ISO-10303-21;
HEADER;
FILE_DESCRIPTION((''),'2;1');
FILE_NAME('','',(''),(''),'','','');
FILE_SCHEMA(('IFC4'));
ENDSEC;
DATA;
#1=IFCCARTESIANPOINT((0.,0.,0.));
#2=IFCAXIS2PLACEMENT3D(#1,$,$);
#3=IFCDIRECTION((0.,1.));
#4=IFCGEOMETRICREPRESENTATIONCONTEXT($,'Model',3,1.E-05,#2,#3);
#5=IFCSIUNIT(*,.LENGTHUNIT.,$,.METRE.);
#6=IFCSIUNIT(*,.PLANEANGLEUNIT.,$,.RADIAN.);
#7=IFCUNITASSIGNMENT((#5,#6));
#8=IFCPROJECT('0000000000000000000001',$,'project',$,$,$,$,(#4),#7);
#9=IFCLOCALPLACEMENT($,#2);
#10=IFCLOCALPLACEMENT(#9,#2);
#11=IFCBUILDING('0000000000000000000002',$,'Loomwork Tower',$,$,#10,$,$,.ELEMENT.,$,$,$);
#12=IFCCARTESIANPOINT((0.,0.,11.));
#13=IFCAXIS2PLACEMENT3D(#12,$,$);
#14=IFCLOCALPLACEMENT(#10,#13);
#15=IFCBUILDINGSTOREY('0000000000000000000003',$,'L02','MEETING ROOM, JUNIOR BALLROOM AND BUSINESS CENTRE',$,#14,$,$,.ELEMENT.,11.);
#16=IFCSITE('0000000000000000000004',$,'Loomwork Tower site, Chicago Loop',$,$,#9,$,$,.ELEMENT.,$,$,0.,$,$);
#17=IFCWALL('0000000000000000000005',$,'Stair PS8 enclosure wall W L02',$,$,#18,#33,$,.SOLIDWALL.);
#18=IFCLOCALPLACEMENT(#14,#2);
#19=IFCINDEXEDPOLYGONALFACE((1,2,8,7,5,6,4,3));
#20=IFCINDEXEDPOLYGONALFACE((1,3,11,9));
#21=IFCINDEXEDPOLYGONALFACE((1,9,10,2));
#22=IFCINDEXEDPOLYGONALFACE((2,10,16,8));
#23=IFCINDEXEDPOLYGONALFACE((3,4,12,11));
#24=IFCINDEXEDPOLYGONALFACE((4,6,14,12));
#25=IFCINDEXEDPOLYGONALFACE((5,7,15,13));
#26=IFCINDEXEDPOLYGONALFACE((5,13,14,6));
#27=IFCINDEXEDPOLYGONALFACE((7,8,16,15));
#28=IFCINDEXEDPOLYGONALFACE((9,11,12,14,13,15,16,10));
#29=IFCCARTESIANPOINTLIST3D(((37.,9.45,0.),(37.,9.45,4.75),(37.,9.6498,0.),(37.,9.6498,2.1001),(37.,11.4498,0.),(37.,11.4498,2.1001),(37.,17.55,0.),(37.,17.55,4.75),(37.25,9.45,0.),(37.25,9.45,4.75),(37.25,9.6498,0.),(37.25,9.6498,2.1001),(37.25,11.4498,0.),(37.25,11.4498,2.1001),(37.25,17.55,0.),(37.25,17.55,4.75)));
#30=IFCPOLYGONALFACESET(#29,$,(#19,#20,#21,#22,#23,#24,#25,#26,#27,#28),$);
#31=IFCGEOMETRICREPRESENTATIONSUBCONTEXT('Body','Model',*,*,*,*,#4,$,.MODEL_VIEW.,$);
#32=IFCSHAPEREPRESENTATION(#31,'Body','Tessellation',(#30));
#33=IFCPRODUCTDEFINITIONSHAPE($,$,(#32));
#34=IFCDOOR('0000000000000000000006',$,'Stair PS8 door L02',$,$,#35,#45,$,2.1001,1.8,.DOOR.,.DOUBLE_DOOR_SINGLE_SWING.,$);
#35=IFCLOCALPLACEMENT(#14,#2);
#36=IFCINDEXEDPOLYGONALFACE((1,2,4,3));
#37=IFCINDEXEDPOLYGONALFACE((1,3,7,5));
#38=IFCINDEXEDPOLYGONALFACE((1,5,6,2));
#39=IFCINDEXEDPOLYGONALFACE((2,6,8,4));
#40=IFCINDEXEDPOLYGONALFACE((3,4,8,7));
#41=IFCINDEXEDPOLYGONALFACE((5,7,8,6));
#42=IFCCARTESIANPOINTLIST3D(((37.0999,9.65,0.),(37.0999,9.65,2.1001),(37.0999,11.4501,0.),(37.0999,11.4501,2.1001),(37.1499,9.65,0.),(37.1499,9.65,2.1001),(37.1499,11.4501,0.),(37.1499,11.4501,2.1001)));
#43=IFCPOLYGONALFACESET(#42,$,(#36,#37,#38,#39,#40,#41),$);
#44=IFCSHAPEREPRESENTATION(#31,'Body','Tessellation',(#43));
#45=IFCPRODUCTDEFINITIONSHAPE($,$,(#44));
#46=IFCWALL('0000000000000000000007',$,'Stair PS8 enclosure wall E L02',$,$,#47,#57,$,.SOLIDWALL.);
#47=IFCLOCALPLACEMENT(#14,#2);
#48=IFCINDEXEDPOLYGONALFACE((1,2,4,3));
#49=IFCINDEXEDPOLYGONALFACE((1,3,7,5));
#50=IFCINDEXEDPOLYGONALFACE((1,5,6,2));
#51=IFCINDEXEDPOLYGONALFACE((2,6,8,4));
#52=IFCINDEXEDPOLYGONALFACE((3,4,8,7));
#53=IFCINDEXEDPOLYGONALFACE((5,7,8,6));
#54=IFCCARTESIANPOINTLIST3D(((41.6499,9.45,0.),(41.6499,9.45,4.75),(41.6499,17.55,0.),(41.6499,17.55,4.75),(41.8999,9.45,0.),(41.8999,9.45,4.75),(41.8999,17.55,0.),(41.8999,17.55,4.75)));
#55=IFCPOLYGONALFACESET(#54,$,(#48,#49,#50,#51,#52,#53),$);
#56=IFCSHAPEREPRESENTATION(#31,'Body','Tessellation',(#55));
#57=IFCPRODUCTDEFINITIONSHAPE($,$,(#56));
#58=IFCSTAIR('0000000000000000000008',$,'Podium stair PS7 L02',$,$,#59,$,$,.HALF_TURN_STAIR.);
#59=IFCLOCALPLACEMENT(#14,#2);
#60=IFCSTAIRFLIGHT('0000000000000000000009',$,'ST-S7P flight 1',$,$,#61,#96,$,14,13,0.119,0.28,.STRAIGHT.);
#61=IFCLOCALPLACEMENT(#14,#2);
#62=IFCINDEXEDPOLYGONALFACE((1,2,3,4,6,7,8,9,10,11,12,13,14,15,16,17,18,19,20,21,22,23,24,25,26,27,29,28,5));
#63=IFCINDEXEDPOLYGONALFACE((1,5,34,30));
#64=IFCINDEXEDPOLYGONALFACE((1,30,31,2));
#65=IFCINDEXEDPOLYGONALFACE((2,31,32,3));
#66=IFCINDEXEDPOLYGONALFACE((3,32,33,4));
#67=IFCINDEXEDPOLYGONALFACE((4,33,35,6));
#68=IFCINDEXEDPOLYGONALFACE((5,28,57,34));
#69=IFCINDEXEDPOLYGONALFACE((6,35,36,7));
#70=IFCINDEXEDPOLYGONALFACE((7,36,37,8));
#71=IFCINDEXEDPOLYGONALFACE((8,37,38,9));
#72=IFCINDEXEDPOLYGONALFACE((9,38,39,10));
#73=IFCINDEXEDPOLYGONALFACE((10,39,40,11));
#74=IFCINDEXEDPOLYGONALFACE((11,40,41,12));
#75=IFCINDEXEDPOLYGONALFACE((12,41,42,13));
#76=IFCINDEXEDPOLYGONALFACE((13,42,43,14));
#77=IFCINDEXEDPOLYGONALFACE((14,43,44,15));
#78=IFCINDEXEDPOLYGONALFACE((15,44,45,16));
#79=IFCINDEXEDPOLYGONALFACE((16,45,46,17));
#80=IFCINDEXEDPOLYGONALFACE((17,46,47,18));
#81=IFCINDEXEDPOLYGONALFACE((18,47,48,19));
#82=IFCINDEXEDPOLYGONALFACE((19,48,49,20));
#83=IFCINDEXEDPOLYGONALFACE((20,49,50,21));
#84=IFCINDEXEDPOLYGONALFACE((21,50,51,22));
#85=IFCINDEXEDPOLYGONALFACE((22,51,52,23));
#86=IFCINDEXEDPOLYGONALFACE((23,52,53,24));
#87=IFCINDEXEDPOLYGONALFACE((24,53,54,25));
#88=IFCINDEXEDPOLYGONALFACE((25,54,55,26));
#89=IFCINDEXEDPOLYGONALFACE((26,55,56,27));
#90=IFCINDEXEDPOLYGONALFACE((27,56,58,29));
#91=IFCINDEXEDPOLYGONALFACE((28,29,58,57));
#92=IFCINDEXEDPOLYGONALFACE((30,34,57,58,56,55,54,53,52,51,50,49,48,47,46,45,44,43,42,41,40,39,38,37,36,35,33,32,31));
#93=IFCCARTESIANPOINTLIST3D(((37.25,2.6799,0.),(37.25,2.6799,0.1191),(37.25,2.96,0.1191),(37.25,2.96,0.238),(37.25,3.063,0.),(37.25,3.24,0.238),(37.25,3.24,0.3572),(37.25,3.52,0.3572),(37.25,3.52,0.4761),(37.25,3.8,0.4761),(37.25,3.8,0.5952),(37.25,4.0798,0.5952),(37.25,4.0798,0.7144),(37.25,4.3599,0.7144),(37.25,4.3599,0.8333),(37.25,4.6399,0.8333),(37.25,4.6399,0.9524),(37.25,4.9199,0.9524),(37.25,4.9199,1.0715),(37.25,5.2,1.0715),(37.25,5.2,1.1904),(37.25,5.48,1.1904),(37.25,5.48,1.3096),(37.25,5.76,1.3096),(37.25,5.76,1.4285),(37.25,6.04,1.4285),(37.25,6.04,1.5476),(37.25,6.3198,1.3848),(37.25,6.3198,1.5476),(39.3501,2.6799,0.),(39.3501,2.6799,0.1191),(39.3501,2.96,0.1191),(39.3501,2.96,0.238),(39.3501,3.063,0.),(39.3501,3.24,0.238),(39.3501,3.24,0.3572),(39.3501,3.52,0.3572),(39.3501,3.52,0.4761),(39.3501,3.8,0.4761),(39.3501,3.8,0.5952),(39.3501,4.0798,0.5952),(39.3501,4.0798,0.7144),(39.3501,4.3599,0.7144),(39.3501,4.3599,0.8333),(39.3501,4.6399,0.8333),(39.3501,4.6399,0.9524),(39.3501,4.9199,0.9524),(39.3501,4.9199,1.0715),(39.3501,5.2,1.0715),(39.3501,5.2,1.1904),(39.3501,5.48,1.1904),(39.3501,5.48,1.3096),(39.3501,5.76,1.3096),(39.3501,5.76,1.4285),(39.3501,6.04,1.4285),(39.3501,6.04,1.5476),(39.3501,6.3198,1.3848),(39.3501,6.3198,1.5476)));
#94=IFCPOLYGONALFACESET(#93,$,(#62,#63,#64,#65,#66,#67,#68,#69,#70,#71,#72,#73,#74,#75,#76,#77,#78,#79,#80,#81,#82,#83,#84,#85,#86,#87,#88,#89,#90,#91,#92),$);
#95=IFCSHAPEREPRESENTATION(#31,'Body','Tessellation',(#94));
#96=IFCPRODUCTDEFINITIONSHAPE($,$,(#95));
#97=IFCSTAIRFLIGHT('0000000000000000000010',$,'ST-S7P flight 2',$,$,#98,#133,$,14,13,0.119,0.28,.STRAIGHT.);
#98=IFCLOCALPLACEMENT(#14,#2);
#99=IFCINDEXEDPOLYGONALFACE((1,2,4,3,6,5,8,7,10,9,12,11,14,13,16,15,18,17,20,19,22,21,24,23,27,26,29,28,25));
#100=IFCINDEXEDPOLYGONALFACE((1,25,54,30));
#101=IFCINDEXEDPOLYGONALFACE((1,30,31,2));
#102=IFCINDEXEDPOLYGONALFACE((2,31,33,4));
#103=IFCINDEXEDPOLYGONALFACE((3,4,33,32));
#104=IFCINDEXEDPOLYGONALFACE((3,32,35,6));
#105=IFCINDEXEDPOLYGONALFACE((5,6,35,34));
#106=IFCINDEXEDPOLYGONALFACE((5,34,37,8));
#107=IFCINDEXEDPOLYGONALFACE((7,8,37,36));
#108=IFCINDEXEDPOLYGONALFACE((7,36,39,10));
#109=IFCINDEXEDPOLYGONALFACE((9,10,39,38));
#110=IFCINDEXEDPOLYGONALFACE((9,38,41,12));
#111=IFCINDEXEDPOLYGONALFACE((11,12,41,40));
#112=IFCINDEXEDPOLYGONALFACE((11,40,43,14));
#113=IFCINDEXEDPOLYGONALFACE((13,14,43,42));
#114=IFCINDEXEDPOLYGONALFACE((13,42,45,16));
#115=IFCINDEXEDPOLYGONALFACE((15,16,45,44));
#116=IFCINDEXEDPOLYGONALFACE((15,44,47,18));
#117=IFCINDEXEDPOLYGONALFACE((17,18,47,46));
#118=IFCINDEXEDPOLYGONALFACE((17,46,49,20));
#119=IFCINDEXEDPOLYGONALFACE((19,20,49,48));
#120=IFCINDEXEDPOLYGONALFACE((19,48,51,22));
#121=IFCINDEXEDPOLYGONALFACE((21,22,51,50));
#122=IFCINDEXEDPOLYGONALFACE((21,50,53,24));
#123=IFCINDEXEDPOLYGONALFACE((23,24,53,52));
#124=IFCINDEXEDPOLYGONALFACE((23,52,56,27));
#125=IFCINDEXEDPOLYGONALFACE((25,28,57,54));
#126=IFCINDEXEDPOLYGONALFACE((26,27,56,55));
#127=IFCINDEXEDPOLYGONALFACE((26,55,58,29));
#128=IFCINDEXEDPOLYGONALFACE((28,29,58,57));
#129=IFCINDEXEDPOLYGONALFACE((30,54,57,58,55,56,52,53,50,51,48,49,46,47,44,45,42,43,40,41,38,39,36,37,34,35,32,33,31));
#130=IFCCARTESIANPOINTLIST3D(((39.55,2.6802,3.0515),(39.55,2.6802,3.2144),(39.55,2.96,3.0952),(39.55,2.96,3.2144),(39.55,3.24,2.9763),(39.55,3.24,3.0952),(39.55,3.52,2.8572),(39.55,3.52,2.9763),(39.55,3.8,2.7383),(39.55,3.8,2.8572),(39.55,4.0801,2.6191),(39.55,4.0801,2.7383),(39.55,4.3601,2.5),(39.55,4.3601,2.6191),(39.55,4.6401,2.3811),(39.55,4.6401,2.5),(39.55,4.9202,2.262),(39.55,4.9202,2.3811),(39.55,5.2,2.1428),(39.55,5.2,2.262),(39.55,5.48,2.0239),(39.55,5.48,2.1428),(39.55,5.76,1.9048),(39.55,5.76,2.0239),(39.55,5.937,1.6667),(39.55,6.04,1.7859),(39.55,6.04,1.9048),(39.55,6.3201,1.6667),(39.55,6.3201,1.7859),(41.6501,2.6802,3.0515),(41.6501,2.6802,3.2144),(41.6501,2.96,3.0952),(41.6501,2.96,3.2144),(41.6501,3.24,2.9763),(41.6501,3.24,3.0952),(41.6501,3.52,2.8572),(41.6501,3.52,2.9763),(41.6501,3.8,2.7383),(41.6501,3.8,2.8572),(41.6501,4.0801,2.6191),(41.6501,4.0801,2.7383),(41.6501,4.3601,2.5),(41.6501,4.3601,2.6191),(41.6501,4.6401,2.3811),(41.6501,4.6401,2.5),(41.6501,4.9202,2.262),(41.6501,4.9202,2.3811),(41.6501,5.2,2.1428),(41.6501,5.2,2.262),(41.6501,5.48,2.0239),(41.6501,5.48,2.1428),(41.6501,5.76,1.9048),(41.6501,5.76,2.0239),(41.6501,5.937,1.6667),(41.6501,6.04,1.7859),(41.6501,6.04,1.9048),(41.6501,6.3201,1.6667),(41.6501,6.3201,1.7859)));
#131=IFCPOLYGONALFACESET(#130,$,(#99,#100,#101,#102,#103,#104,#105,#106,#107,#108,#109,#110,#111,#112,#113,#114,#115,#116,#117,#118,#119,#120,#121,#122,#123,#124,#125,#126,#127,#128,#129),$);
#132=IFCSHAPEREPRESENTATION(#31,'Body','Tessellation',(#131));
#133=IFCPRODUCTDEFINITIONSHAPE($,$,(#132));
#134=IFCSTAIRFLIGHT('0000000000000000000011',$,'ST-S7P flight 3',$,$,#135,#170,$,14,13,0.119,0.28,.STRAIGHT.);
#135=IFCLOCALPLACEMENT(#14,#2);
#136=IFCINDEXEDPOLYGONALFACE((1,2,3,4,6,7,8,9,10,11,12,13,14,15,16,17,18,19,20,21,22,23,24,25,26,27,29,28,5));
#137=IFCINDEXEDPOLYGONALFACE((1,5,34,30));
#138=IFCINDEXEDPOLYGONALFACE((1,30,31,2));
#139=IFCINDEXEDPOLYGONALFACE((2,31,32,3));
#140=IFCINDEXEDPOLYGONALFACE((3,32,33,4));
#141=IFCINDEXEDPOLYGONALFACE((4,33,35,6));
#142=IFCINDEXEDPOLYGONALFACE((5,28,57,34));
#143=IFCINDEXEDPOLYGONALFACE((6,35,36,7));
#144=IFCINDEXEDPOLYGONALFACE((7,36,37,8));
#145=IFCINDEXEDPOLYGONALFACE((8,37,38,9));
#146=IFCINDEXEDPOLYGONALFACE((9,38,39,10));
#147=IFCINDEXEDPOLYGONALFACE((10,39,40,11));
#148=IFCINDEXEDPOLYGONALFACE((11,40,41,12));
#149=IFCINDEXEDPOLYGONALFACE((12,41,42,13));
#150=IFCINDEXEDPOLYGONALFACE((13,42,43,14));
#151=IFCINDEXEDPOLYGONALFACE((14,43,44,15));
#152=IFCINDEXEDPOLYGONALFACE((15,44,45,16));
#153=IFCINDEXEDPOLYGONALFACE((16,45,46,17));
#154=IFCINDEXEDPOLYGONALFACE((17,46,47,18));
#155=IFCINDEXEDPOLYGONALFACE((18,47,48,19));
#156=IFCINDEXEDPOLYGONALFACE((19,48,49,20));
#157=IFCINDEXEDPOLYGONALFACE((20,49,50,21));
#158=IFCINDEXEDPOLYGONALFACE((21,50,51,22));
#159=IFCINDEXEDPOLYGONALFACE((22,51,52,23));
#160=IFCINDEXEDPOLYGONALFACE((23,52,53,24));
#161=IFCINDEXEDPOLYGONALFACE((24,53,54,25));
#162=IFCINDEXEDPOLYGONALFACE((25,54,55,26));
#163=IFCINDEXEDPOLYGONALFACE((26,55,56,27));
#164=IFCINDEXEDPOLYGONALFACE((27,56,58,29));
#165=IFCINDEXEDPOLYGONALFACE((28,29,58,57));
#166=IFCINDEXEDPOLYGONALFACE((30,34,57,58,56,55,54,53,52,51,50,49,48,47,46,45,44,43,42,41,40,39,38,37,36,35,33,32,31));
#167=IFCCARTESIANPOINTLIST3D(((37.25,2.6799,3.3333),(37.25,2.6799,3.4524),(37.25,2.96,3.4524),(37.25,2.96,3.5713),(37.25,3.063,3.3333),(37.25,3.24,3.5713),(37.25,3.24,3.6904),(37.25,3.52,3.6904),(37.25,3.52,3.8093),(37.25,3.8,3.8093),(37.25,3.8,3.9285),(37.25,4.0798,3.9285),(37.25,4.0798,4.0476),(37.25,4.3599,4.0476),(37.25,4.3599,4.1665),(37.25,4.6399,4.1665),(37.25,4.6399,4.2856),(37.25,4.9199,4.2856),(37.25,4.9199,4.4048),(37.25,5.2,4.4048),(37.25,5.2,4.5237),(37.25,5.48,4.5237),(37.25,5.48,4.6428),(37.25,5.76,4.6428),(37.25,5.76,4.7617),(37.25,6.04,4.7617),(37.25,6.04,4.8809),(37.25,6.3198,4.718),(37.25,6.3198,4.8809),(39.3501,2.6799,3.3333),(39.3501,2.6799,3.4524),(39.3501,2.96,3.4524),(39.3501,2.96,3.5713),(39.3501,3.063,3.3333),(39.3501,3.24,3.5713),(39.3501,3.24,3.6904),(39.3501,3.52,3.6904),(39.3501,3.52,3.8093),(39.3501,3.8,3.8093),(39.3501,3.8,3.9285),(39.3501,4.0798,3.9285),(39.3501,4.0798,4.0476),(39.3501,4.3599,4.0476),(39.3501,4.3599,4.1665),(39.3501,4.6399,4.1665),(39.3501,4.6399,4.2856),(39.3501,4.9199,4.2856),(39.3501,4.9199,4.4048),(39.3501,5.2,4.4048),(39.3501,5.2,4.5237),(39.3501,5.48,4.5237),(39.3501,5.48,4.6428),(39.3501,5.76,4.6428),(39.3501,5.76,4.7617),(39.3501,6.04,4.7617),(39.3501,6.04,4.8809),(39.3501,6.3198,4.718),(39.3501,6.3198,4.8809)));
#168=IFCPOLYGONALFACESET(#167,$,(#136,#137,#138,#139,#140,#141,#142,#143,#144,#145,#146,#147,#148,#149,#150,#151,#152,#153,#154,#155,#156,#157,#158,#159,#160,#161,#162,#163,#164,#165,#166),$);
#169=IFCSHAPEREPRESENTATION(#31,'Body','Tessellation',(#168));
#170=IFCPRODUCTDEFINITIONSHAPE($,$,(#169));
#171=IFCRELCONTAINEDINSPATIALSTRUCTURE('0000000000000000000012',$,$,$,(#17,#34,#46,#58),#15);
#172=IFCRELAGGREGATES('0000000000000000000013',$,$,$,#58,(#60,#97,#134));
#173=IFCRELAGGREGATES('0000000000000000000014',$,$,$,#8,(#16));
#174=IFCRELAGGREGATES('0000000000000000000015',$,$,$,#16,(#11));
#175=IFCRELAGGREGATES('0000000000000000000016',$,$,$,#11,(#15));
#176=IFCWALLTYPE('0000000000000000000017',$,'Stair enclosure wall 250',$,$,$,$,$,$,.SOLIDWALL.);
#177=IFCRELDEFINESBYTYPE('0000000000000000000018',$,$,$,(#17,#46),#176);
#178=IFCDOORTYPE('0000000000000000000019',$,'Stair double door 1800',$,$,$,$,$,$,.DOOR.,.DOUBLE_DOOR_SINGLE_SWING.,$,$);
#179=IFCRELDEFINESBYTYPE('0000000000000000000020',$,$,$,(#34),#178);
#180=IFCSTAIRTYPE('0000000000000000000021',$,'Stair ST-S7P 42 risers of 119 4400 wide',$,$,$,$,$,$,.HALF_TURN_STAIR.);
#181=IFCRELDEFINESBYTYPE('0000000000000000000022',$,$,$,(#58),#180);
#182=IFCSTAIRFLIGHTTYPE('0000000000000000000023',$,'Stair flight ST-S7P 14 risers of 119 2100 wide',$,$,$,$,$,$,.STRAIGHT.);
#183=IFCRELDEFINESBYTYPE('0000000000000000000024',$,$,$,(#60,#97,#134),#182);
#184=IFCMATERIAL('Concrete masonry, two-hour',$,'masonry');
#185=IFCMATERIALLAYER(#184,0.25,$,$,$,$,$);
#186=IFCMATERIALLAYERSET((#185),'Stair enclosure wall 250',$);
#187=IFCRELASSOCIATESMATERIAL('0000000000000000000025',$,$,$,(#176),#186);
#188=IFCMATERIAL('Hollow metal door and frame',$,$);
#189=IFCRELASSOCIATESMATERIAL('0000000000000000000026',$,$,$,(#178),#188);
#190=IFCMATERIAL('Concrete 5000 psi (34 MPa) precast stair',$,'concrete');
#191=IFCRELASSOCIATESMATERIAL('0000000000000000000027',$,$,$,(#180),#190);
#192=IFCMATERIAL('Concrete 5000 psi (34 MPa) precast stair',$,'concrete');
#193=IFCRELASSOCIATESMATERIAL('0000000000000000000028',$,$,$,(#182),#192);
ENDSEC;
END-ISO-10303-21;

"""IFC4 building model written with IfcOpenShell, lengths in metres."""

from ifc_helpers import new_model, si_unit, direction, frame, frame_2d, origin, place, context, subcontext, project, spatial, polyline, rectangle, outline, extrude, material, layer, layer_set, type_object, element, fill, aggregate, save


model = new_model("IFC4")

# Units and contexts
model_context = context("Model", 3, precision=1e-05, world=origin(), true_north=direction((0.0, 1.0)))
body_context = subcontext(model_context, "Body", "Model", "MODEL_VIEW")
ifc_project = project(units=[si_unit("LENGTHUNIT", "METRE"), si_unit("PLANEANGLEUNIT", "RADIAN")], contexts=[model_context])

# Site, building, storey
site_placement = place(None, origin())
site = spatial("IfcSite", under=ifc_project, at=site_placement, Name="Loomwork Tower site, Chicago Loop", CompositionType="ELEMENT", RefElevation=0.0)
building_placement = place(site_placement, origin())
building = spatial("IfcBuilding", under=site, at=building_placement, Name="Loomwork Tower", CompositionType="ELEMENT")
storey_placement = place(building_placement, frame((0.0, 0.0, 11.0)))
storey = spatial("IfcBuildingStorey", under=building, at=storey_placement, Name="L02", Description="MEETING ROOM, JUNIOR BALLROOM AND BUSINESS CENTRE", CompositionType="ELEMENT", Elevation=11.0)

# Shared definitions
ifc_material_1 = material(Name="Concrete masonry, two-hour", Category="masonry")
ifc_layer_1 = layer(ifc_material_1, 0.25)
ifc_layer_set_1 = layer_set([ifc_layer_1], Name="Stair enclosure wall 250")
wall_type_1 = type_object("IfcWallType", Name="Stair enclosure wall 250", PredefinedType="SOLIDWALL", material=ifc_layer_set_1)

# Wall, opening, door
wall_1_placement = place(storey_placement, frame((37.125, 9.45, 0.0), z_axis=(0.0, 0.0, 1.0), x_axis=(0.0, 1.0, 0.0)))
wall_1 = element("IfcWall", 1, at=wall_1_placement, inside=storey, type_object=wall_type_1, Name="Stair PS8 enclosure wall W L02", PredefinedType="SOLIDWALL", context=body_context, shape_type="SweptSolid", body=[
    extrude(rectangle(XDim=8.1001, YDim=0.25, at=frame_2d((4.05, 0.0))), origin(), (0.0, 0.0, 1.0), 4.75),
])
opening_1_placement = place(wall_1_placement, frame((0.2, 0.0, 0.0)))
opening_1 = element("IfcOpeningElement", 2, at=opening_1_placement, cuts=wall_1, PredefinedType="OPENING", context=body_context, shape_type="SweptSolid", body=[
    extrude(rectangle(XDim=1.8, YDim=2.1001, at=frame_2d((0.8999, 1.05))), frame((0.0, 0.135, 0.0), z_axis=(0.0, -1.0, 0.0), x_axis=(1.0, 0.0, 0.0)), (0.0, 0.0, 1.0), 0.27),
])
ifc_material_2 = material(Name="Hollow metal door and frame")
door_type_1 = type_object("IfcDoorType", Name="Stair double door 1800", OperationType="DOUBLE_DOOR_SINGLE_SWING", PredefinedType="DOOR", material=ifc_material_2)
door_1_placement = place(opening_1_placement, frame((1.8, 0.0, 0.0), z_axis=(0.0, 0.0, 1.0), x_axis=(-1.0, 0.0, 0.0)))
door_1 = element("IfcDoor", 3, at=door_1_placement, inside=storey, type_object=door_type_1, Name="Stair PS8 door L02", OperationType="DOUBLE_DOOR_SINGLE_SWING", OverallHeight=2.1001, OverallWidth=1.8, PredefinedType="DOOR", context=body_context, shape_type="SweptSolid", body=[
    extrude(rectangle(XDim=1.8, YDim=2.1001, at=frame_2d((0.8999, 1.05))), frame((0.0, 0.0249, 0.0), z_axis=(0.0, -1.0, 0.0), x_axis=(1.0, 0.0, 0.0)), (0.0, 0.0, 1.0), 0.05),
])
fill(opening_1, door_1)

# Wall
wall_2_placement = place(storey_placement, frame((41.7749, 9.45, 0.0), z_axis=(0.0, 0.0, 1.0), x_axis=(0.0, 1.0, 0.0)))
element("IfcWall", 4, at=wall_2_placement, inside=storey, type_object=wall_type_1, Name="Stair PS8 enclosure wall E L02", PredefinedType="SOLIDWALL", context=body_context, shape_type="SweptSolid", body=[
    extrude(rectangle(XDim=8.1001, YDim=0.25, at=frame_2d((4.05, 0.0))), origin(), (0.0, 0.0, 1.0), 4.75),
])

# Stair, stair flights
ifc_material_3 = material(Name="Concrete 5000 psi (34 MPa) precast stair", Category="concrete")
stair_type = type_object("IfcStairType", Name="Stair ST-S7P 42 risers of 119 4400 wide", PredefinedType="HALF_TURN_STAIR", material=ifc_material_3)
stair_placement = place(storey_placement, origin())
stair = element("IfcStair", 5, at=stair_placement, inside=storey, type_object=stair_type, Name="Podium stair PS7 L02", PredefinedType="HALF_TURN_STAIR")
ifc_material_4 = material(Name="Concrete 5000 psi (34 MPa) precast stair", Category="concrete")
stair_flight_type = type_object("IfcStairFlightType", Name="Stair flight ST-S7P 14 risers of 119 2100 wide", PredefinedType="STRAIGHT", material=ifc_material_4)
stair_flight_1_placement = place(storey_placement, frame((38.3, 2.6799, 0.0), z_axis=(0.0, 0.0, 1.0), x_axis=(0.0, 1.0, 0.0)))
stair_flight_1 = element("IfcStairFlight", 6, at=stair_flight_1_placement, type_object=stair_flight_type, Name="ST-S7P flight 1", NumberOfRisers=14, NumberOfTreads=13, PredefinedType="STRAIGHT", RiserHeight=0.119, TreadLength=0.28, context=body_context, shape_type="SweptSolid", body=[
    extrude(outline(polyline([(0.0, 0.0), (0.0, 0.1191), (0.28, 0.1191), (0.28, 0.238), (0.5601, 0.238), (0.5601, 0.3572), (0.8401, 0.3572), (0.8401, 0.4761), (1.1201, 0.4761), (1.1201, 0.5952), (1.3999, 0.5952), (1.3999, 0.7144), (1.6799, 0.7144), (1.6799, 0.8333), (1.96, 0.8333), (1.96, 0.9524), (2.24, 0.9524), (2.24, 1.0715), (2.52, 1.0715), (2.52, 1.1904), (2.8, 1.1904), (2.8, 1.3096), (3.0801, 1.3096), (3.0801, 1.4285), (3.3601, 1.4285), (3.3601, 1.5476), (3.6399, 1.5476), (3.6399, 1.6667), (3.6399, 1.3848), (0.3831, 0.0), (0.0, 0.0)])), frame((0.0, 1.05, 0.0), z_axis=(0.0, -1.0, 0.0), x_axis=(1.0, 0.0, 0.0)), (0.0, 0.0, 1.0), 2.1001),
])
stair_flight_2_placement = place(storey_placement, frame((40.6001, 6.3201, 1.6667), z_axis=(0.0, 0.0, 1.0), x_axis=(0.0, -1.0, 0.0)))
stair_flight_2 = element("IfcStairFlight", 7, at=stair_flight_2_placement, type_object=stair_flight_type, Name="ST-S7P flight 2", NumberOfRisers=14, NumberOfTreads=13, PredefinedType="STRAIGHT", RiserHeight=0.119, TreadLength=0.28, context=body_context, shape_type="SweptSolid", body=[
    extrude(outline(polyline([(0.0, 0.0), (0.0, 0.1191), (0.28, 0.1191), (0.28, 0.238), (0.5601, 0.238), (0.5601, 0.3572), (0.8401, 0.3572), (0.8401, 0.4761), (1.1201, 0.4761), (1.1201, 0.5952), (1.3999, 0.5952), (1.3999, 0.7144), (1.6799, 0.7144), (1.6799, 0.8333), (1.96, 0.8333), (1.96, 0.9524), (2.24, 0.9524), (2.24, 1.0715), (2.52, 1.0715), (2.52, 1.1904), (2.8, 1.1904), (2.8, 1.3096), (3.0801, 1.3096), (3.0801, 1.4285), (3.3601, 1.4285), (3.3601, 1.5476), (3.6399, 1.5476), (3.6399, 1.6667), (3.6399, 1.3848), (0.3831, 0.0), (0.0, 0.0)])), frame((0.0, 1.05, 0.0), z_axis=(0.0, -1.0, 0.0), x_axis=(1.0, 0.0, 0.0)), (0.0, 0.0, 1.0), 2.1001),
])
stair_flight_3_placement = place(storey_placement, frame((38.3, 2.6799, 3.3333), z_axis=(0.0, 0.0, 1.0), x_axis=(0.0, 1.0, 0.0)))
stair_flight_3 = element("IfcStairFlight", 8, at=stair_flight_3_placement, type_object=stair_flight_type, Name="ST-S7P flight 3", NumberOfRisers=14, NumberOfTreads=13, PredefinedType="STRAIGHT", RiserHeight=0.119, TreadLength=0.28, context=body_context, shape_type="SweptSolid", body=[
    extrude(outline(polyline([(0.0, 0.0), (0.0, 0.1191), (0.28, 0.1191), (0.28, 0.238), (0.5601, 0.238), (0.5601, 0.3572), (0.8401, 0.3572), (0.8401, 0.4761), (1.1201, 0.4761), (1.1201, 0.5952), (1.3999, 0.5952), (1.3999, 0.7144), (1.6799, 0.7144), (1.6799, 0.8333), (1.96, 0.8333), (1.96, 0.9524), (2.24, 0.9524), (2.24, 1.0715), (2.52, 1.0715), (2.52, 1.1904), (2.8, 1.1904), (2.8, 1.3096), (3.0801, 1.3096), (3.0801, 1.4285), (3.3601, 1.4285), (3.3601, 1.5476), (3.6399, 1.5476), (3.6399, 1.6667), (3.6399, 1.3848), (0.3831, 0.0), (0.0, 0.0)])), frame((0.0, 1.05, 0.0), z_axis=(0.0, -1.0, 0.0), x_axis=(1.0, 0.0, 0.0)), (0.0, 0.0, 1.0), 2.1001),
])
aggregate(stair, [stair_flight_1, stair_flight_2, stair_flight_3])

save(model, "model.ifc")
